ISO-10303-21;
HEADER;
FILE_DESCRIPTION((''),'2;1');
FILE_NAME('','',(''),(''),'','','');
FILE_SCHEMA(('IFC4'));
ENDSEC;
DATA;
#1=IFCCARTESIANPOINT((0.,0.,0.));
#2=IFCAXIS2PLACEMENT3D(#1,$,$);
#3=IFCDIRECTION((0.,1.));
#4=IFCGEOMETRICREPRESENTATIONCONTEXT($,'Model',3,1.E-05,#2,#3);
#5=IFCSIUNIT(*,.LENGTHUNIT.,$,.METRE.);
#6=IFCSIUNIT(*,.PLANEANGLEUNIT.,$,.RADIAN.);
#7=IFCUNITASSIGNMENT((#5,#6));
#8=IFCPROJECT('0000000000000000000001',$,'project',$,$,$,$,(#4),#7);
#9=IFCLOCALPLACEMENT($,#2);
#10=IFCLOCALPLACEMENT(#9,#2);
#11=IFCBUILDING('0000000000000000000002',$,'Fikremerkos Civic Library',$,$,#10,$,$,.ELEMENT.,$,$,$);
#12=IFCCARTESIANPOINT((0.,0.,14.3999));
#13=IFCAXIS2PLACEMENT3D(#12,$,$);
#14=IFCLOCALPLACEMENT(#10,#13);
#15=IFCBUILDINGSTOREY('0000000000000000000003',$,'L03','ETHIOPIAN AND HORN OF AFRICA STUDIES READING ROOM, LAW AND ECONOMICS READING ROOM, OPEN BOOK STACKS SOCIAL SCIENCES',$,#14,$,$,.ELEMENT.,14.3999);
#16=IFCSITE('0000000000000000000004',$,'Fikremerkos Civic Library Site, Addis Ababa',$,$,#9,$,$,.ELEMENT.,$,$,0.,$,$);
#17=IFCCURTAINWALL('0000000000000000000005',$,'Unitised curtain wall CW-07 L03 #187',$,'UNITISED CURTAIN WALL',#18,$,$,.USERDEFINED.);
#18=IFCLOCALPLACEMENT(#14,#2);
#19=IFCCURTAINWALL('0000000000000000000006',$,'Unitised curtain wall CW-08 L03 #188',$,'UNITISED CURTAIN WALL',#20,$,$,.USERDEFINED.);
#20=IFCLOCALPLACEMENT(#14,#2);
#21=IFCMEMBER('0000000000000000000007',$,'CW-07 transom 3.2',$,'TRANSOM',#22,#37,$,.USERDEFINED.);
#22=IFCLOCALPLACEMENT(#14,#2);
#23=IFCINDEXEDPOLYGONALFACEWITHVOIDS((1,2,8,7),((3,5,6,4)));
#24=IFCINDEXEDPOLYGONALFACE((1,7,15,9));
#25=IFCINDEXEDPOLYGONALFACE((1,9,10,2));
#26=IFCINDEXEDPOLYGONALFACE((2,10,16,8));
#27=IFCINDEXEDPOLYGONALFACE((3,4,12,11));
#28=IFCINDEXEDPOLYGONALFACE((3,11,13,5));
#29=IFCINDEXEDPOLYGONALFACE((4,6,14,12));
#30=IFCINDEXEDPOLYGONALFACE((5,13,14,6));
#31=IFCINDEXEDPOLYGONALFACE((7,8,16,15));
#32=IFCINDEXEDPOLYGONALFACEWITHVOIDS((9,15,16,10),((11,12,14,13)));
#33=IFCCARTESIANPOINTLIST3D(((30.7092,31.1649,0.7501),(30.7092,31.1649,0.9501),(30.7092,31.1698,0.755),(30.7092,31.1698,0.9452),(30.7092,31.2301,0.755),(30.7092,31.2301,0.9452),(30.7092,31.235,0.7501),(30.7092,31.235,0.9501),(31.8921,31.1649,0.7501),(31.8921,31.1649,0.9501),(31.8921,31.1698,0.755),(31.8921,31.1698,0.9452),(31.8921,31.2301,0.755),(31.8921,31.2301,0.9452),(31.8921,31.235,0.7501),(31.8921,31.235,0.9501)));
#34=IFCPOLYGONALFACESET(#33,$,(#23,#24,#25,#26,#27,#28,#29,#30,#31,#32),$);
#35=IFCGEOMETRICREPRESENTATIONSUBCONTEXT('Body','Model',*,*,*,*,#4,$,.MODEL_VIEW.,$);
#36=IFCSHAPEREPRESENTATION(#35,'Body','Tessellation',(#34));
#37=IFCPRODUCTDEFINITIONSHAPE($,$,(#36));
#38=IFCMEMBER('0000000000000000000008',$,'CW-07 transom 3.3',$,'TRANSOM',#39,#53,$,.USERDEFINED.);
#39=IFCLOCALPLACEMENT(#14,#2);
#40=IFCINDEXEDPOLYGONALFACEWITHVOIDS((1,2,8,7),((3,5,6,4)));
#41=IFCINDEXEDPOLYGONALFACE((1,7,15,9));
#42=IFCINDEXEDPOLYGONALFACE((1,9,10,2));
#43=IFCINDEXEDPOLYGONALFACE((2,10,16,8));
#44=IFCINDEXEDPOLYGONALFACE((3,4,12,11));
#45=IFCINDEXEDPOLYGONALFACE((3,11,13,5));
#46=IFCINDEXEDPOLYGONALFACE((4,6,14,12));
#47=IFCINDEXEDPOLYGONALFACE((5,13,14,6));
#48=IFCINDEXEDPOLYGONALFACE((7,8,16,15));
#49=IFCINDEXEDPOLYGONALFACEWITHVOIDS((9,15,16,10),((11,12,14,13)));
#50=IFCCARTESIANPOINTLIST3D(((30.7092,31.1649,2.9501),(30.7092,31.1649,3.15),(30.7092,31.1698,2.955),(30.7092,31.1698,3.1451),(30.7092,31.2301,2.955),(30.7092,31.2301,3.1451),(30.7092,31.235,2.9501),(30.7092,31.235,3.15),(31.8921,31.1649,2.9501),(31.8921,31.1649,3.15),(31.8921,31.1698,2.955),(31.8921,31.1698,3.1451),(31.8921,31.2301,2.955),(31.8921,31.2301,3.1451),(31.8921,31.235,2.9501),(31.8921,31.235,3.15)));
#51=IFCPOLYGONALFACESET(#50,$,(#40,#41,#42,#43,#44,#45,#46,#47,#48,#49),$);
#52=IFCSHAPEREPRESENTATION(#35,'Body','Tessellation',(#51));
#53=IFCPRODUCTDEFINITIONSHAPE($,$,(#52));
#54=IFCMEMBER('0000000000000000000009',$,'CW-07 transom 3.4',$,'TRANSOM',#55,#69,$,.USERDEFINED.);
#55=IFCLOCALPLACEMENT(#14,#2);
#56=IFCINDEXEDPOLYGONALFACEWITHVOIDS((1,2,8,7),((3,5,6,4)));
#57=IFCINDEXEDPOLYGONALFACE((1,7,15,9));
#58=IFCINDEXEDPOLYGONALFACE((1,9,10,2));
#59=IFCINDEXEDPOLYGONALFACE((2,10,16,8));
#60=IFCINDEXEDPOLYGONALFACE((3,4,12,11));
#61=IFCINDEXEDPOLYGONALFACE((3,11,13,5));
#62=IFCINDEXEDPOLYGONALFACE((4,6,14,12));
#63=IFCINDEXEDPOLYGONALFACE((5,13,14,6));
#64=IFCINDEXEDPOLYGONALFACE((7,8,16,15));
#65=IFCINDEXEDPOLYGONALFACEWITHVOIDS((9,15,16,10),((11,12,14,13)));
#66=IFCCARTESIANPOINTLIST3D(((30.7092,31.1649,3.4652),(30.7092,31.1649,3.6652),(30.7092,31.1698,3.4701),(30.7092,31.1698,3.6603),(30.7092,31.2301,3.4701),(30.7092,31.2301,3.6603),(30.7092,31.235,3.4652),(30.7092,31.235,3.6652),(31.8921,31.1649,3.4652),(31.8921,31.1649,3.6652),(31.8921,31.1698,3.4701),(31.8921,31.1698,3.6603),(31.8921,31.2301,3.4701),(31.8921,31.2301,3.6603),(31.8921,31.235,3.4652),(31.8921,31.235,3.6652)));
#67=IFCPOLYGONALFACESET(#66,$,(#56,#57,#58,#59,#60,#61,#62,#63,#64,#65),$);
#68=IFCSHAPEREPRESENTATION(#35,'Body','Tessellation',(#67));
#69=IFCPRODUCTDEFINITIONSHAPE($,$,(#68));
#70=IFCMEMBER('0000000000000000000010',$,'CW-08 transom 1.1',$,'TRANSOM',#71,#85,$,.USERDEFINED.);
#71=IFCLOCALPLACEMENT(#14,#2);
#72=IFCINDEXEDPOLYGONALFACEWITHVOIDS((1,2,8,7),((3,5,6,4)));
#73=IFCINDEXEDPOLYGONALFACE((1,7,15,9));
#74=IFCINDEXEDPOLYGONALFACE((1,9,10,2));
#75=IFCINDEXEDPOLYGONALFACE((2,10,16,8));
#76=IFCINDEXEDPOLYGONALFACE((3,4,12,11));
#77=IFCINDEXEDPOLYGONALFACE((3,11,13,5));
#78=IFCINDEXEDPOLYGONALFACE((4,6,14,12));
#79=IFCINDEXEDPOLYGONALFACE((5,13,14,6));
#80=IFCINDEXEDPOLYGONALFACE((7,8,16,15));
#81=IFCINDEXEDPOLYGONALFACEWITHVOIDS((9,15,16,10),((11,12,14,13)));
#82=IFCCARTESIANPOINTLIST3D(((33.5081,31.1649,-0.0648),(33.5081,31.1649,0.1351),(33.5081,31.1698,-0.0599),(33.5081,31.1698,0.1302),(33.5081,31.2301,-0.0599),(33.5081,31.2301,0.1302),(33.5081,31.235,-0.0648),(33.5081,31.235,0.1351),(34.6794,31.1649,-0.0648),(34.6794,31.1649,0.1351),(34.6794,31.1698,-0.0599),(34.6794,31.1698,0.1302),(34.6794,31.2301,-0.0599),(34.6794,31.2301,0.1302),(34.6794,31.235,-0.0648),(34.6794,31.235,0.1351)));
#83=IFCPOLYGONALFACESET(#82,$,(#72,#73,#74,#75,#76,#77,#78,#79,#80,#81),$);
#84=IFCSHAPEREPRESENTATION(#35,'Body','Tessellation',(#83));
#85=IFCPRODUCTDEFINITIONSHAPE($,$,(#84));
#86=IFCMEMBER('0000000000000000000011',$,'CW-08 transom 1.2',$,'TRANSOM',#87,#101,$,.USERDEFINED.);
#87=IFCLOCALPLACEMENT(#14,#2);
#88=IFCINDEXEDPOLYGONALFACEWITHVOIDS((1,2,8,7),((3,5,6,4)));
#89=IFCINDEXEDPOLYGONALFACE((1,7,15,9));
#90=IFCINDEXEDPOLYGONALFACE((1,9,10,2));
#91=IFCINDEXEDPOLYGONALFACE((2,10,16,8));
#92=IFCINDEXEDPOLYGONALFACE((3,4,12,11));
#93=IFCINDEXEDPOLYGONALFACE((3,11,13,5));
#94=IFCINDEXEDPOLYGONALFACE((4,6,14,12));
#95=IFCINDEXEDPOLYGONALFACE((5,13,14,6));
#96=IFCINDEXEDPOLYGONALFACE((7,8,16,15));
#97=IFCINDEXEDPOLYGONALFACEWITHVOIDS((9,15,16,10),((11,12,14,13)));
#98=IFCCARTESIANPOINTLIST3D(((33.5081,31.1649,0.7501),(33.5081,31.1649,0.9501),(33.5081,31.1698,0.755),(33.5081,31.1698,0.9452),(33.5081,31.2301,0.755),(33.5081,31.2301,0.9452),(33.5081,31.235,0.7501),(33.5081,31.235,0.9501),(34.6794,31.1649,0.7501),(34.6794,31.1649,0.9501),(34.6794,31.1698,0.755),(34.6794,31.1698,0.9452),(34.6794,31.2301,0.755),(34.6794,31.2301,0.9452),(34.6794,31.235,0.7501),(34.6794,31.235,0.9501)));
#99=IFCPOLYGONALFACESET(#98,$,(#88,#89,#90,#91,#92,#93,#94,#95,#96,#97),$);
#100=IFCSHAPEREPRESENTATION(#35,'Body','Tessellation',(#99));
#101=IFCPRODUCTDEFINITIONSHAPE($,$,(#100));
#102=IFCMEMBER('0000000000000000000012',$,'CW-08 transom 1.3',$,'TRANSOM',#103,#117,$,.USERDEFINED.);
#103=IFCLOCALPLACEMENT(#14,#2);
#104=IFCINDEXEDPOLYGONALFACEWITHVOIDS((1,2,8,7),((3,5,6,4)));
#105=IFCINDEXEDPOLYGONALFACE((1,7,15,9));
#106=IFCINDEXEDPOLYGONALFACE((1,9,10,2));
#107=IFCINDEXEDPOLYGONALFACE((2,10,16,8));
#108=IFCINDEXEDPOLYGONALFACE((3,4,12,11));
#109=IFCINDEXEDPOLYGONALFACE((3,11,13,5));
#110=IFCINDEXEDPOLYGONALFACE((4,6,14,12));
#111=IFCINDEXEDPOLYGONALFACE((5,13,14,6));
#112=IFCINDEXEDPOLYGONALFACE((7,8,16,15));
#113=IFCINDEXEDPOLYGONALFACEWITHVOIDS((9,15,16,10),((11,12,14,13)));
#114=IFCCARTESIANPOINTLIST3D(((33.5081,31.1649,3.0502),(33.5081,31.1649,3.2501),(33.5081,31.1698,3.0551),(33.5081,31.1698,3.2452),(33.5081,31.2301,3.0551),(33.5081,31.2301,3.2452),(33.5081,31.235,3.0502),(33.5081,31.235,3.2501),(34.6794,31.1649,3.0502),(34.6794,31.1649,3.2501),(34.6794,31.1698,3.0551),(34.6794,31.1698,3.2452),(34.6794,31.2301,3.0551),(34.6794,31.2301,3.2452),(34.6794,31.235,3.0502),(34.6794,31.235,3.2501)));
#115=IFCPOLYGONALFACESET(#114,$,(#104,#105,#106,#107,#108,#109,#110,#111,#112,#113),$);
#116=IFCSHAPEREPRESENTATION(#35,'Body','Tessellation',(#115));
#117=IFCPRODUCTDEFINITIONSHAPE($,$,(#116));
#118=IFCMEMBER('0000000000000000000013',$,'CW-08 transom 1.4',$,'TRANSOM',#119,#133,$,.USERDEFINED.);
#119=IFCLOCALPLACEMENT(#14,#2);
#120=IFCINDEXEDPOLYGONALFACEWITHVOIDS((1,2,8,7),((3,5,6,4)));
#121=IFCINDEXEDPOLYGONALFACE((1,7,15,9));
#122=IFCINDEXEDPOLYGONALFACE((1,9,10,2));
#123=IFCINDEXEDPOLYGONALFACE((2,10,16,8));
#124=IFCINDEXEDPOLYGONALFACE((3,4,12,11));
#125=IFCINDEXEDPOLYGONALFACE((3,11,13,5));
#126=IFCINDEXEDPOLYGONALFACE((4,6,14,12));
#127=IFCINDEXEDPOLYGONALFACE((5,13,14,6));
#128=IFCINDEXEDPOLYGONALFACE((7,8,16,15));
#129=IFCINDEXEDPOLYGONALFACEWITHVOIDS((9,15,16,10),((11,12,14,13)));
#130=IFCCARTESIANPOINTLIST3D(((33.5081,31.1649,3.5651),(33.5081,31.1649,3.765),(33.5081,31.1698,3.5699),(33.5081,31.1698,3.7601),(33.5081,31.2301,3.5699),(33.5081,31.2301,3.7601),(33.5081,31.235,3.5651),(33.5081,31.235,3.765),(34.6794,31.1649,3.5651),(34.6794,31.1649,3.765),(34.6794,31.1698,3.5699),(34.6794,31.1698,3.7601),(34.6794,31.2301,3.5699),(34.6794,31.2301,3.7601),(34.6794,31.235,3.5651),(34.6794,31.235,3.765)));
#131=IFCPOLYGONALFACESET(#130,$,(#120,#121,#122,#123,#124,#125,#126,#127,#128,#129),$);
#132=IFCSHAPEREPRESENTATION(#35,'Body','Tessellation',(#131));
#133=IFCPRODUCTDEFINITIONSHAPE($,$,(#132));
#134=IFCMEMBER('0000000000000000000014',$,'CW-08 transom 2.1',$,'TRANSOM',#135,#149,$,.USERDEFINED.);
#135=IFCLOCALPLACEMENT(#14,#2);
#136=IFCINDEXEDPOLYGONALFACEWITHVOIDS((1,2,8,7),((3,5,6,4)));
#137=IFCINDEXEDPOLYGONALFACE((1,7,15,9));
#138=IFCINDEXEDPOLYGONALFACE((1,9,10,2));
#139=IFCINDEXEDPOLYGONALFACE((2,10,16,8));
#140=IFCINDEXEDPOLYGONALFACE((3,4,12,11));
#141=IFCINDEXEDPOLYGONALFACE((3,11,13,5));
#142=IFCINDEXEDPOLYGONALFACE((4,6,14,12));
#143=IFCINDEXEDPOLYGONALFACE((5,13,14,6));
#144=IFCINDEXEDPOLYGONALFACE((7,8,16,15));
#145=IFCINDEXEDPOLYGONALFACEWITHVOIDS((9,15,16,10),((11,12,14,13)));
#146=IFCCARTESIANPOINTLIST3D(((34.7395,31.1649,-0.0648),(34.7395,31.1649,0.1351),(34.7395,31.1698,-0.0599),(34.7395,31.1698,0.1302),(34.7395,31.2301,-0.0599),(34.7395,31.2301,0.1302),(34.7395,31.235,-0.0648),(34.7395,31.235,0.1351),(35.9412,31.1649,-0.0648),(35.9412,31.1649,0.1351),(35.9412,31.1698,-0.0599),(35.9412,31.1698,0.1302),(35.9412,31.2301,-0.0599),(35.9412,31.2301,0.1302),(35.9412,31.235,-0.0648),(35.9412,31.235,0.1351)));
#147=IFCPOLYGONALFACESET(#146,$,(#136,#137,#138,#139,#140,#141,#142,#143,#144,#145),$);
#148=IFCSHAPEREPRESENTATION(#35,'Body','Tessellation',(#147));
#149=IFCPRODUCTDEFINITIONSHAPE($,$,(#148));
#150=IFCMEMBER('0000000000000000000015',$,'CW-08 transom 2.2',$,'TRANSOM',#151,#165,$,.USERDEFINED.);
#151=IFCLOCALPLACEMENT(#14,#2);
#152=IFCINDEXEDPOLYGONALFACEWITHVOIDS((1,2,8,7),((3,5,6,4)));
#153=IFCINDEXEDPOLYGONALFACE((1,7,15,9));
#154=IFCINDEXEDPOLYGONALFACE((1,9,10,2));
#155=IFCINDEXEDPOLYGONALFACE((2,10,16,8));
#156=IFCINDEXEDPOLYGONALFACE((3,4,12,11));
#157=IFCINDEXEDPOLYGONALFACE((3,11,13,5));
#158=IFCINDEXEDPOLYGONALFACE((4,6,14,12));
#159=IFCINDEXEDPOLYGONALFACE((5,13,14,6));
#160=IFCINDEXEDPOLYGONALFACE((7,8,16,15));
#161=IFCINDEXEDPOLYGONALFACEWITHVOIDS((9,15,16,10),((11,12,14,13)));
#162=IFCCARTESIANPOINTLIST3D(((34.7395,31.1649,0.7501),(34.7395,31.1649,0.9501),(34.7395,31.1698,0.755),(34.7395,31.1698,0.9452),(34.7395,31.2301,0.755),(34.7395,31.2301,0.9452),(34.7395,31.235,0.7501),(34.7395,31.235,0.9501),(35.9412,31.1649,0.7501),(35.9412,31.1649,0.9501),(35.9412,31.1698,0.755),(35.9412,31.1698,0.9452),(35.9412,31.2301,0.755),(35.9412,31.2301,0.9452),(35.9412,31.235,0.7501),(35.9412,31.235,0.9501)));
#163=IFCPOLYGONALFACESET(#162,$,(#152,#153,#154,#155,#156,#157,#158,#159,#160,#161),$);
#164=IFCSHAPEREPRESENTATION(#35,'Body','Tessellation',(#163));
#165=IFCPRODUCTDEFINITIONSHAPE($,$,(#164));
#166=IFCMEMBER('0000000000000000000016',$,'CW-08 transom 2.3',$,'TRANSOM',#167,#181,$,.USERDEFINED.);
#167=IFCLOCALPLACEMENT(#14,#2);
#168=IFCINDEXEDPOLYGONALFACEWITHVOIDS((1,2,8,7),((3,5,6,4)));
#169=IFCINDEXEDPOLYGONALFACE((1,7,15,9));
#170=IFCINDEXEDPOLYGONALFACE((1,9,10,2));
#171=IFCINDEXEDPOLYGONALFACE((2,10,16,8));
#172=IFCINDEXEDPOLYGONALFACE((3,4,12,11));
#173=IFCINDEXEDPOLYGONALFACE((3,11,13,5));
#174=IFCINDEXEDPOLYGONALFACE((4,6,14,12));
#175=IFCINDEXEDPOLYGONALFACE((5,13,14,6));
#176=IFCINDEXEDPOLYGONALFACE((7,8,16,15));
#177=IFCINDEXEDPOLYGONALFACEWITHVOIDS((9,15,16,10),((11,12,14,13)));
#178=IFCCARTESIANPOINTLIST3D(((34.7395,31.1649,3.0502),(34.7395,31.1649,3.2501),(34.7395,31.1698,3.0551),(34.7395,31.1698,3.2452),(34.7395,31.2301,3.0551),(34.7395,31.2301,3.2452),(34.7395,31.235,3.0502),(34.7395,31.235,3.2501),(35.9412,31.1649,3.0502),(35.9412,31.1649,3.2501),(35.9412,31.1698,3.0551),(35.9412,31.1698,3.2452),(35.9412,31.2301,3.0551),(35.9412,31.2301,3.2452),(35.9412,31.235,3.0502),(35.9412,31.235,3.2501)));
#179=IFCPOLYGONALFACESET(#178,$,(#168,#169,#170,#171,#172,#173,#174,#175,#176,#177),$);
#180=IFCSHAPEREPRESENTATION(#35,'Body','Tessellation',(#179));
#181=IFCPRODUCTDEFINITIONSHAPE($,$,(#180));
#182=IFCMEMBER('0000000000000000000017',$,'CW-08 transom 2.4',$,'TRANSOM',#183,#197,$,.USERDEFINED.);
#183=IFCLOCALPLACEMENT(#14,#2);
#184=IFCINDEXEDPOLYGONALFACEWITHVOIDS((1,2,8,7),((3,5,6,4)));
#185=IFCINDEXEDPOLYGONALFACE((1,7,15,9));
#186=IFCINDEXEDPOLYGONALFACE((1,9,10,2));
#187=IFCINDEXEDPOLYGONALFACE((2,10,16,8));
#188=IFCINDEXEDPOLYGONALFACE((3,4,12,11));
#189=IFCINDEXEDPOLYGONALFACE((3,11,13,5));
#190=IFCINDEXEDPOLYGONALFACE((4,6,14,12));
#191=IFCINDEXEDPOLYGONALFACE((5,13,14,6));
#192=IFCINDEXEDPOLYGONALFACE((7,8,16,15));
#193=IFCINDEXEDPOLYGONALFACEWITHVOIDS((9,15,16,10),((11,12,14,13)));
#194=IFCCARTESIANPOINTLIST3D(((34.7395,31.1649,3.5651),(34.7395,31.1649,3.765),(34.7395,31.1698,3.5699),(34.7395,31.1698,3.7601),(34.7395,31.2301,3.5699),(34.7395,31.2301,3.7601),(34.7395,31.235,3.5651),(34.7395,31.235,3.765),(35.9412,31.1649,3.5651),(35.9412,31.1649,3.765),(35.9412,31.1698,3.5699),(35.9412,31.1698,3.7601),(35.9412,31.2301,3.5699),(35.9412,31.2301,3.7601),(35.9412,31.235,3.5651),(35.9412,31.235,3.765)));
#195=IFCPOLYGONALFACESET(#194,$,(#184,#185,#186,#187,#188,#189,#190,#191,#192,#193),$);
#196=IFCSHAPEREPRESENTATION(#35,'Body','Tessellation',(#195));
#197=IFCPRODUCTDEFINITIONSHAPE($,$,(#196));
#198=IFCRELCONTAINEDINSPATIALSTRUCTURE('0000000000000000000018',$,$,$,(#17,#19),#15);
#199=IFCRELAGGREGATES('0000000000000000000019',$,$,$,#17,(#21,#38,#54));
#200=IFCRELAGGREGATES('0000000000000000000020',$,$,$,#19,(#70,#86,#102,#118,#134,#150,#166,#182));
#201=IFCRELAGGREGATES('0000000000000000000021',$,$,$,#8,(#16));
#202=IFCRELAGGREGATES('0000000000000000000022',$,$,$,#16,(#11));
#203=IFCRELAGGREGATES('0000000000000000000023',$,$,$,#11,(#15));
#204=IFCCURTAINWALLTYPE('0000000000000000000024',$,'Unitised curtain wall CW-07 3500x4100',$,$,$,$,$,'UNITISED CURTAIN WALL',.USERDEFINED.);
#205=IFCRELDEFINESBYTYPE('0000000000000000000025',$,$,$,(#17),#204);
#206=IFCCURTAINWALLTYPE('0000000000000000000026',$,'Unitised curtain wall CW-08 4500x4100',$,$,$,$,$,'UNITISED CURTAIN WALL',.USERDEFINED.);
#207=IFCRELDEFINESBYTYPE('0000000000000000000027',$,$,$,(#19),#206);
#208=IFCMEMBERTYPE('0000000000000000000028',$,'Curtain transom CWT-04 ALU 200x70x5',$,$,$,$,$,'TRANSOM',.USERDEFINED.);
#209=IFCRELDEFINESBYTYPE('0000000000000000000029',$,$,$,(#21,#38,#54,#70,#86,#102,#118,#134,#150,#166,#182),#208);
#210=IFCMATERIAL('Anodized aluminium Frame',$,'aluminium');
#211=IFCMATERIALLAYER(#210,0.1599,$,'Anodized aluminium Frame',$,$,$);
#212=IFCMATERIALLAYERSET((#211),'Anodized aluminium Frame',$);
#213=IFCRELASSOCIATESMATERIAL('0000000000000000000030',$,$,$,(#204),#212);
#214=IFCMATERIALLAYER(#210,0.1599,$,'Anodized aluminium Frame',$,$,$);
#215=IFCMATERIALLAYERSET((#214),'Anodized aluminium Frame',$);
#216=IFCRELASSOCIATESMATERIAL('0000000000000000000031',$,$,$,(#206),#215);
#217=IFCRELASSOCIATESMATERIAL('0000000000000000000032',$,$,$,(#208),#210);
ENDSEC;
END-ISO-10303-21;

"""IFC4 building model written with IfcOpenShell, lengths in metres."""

from ifc_helpers import new_model, si_unit, direction, frame, origin, origin_2d, place, context, subcontext, project, spatial, hollow_rectangle, extrude, material, layer, layer_set, material_profile, profile_set, type_object, element, aggregate, save


model = new_model("IFC4")

# Units and contexts
model_context = context("Model", 3, precision=1e-05, world=origin(), true_north=direction((0.0, 1.0)))
body_context = subcontext(model_context, "Body", "Model", "MODEL_VIEW")
ifc_project = project(units=[si_unit("LENGTHUNIT", "METRE"), si_unit("PLANEANGLEUNIT", "RADIAN")], contexts=[model_context])

# Site, building, storey
site_placement = place(None, origin())
site = spatial("IfcSite", under=ifc_project, at=site_placement, Name="Fikremerkos Civic Library Site, Addis Ababa", CompositionType="ELEMENT", RefElevation=0.0)
building_placement = place(site_placement, origin())
building = spatial("IfcBuilding", under=site, at=building_placement, Name="Fikremerkos Civic Library", CompositionType="ELEMENT")
storey_placement = place(building_placement, frame((0.0, 0.0, 14.3999)))
storey = spatial("IfcBuildingStorey", under=building, at=storey_placement, Name="L03", Description="ETHIOPIAN AND HORN OF AFRICA STUDIES READING ROOM, LAW AND ECONOMICS READING ROOM, OPEN BOOK STACKS SOCIAL SCIENCES", CompositionType="ELEMENT", Elevation=14.3999)

# Curtain walls
ifc_material_1 = material(Name="Anodized aluminium Frame", Category="aluminium")
ifc_layer_1 = layer(ifc_material_1, 0.1599, Name="Anodized aluminium Frame")
ifc_layer_set_1 = layer_set([ifc_layer_1], Name="Anodized aluminium Frame")
curtain_wall_type_1 = type_object("IfcCurtainWallType", Name="Unitised curtain wall CW-07 3500x4100", ElementType="UNITISED CURTAIN WALL", PredefinedType="USERDEFINED", material=ifc_layer_set_1)
curtain_wall_1_placement = place(storey_placement, origin())
curtain_wall_1 = element("IfcCurtainWall", 1, at=curtain_wall_1_placement, inside=storey, type_object=curtain_wall_type_1, Name="Unitised curtain wall CW-07 L03 #187", ObjectType="UNITISED CURTAIN WALL", PredefinedType="USERDEFINED")
ifc_layer_2 = layer(ifc_material_1, 0.1599, Name="Anodized aluminium Frame")
ifc_layer_set_2 = layer_set([ifc_layer_2], Name="Anodized aluminium Frame")
curtain_wall_type_2 = type_object("IfcCurtainWallType", Name="Unitised curtain wall CW-08 4500x4100", ElementType="UNITISED CURTAIN WALL", PredefinedType="USERDEFINED", material=ifc_layer_set_2)
curtain_wall_2_placement = place(storey_placement, origin())
curtain_wall_2 = element("IfcCurtainWall", 2, at=curtain_wall_2_placement, inside=storey, type_object=curtain_wall_type_2, Name="Unitised curtain wall CW-08 L03 #188", ObjectType="UNITISED CURTAIN WALL", PredefinedType="USERDEFINED")

# Members
ifc_material_profile_1 = material_profile(ifc_material_1, hollow_rectangle(XDim=0.0701, YDim=0.2, WallThickness=0.0049, at=origin_2d()), Name="ALU 200x70x5")
ifc_profile_set_1 = profile_set([ifc_material_profile_1], Name="Anodized aluminium Frame")
member_type_1 = type_object("IfcMemberType", Name="Curtain transom CWT-04 ALU 200x70x5", ElementType="TRANSOM", PredefinedType="USERDEFINED", material=ifc_profile_set_1)
member_1_placement = place(storey_placement, frame((30.7092, 31.2, 0.8501), z_axis=(1.0, 0.0, 0.0), x_axis=(0.0, 1.0, 0.0)))
member_1 = element("IfcMember", 3, at=member_1_placement, type_object=member_type_1, Name="CW-07 transom 3.2", ObjectType="TRANSOM", PredefinedType="USERDEFINED", context=body_context, shape_type="SweptSolid", body=[
    extrude(hollow_rectangle(XDim=0.0701, YDim=0.2, WallThickness=0.0049, at=origin_2d()), origin(), (0.0, 0.0, 1.0), 1.1829),
])
member_2_placement = place(storey_placement, frame((30.7092, 31.2, 3.05), z_axis=(1.0, 0.0, 0.0), x_axis=(0.0, 1.0, 0.0)))
member_2 = element("IfcMember", 4, at=member_2_placement, type_object=member_type_1, Name="CW-07 transom 3.3", ObjectType="TRANSOM", PredefinedType="USERDEFINED", context=body_context, shape_type="SweptSolid", body=[
    extrude(hollow_rectangle(XDim=0.0701, YDim=0.2, WallThickness=0.0049, at=origin_2d()), origin(), (0.0, 0.0, 1.0), 1.1829),
])
member_3_placement = place(storey_placement, frame((30.7092, 31.2, 3.5652), z_axis=(1.0, 0.0, 0.0), x_axis=(0.0, 1.0, 0.0)))
member_3 = element("IfcMember", 5, at=member_3_placement, type_object=member_type_1, Name="CW-07 transom 3.4", ObjectType="TRANSOM", PredefinedType="USERDEFINED", context=body_context, shape_type="SweptSolid", body=[
    extrude(hollow_rectangle(XDim=0.0701, YDim=0.2, WallThickness=0.0049, at=origin_2d()), origin(), (0.0, 0.0, 1.0), 1.1829),
])
member_4_placement = place(storey_placement, frame((33.5081, 31.2, 0.0352), z_axis=(1.0, 0.0, 0.0), x_axis=(0.0, 1.0, 0.0)))
member_4 = element("IfcMember", 6, at=member_4_placement, type_object=member_type_1, Name="CW-08 transom 1.1", ObjectType="TRANSOM", PredefinedType="USERDEFINED", context=body_context, shape_type="SweptSolid", body=[
    extrude(hollow_rectangle(XDim=0.0701, YDim=0.2, WallThickness=0.0049, at=origin_2d()), origin(), (0.0, 0.0, 1.0), 1.1714),
])
member_5_placement = place(storey_placement, frame((33.5081, 31.2, 0.8501), z_axis=(1.0, 0.0, 0.0), x_axis=(0.0, 1.0, 0.0)))
member_5 = element("IfcMember", 7, at=member_5_placement, type_object=member_type_1, Name="CW-08 transom 1.2", ObjectType="TRANSOM", PredefinedType="USERDEFINED", context=body_context, shape_type="SweptSolid", body=[
    extrude(hollow_rectangle(XDim=0.0701, YDim=0.2, WallThickness=0.0049, at=origin_2d()), origin(), (0.0, 0.0, 1.0), 1.1714),
])
member_6_placement = place(storey_placement, frame((33.5081, 31.2, 3.1501), z_axis=(1.0, 0.0, 0.0), x_axis=(0.0, 1.0, 0.0)))
member_6 = element("IfcMember", 8, at=member_6_placement, type_object=member_type_1, Name="CW-08 transom 1.3", ObjectType="TRANSOM", PredefinedType="USERDEFINED", context=body_context, shape_type="SweptSolid", body=[
    extrude(hollow_rectangle(XDim=0.0701, YDim=0.2, WallThickness=0.0049, at=origin_2d()), origin(), (0.0, 0.0, 1.0), 1.1714),
])
member_7_placement = place(storey_placement, frame((33.5081, 31.2, 3.665), z_axis=(1.0, 0.0, 0.0), x_axis=(0.0, 1.0, 0.0)))
member_7 = element("IfcMember", 9, at=member_7_placement, type_object=member_type_1, Name="CW-08 transom 1.4", ObjectType="TRANSOM", PredefinedType="USERDEFINED", context=body_context, shape_type="SweptSolid", body=[
    extrude(hollow_rectangle(XDim=0.0701, YDim=0.2, WallThickness=0.0049, at=origin_2d()), origin(), (0.0, 0.0, 1.0), 1.1714),
])
member_8_placement = place(storey_placement, frame((34.7395, 31.2, 0.0352), z_axis=(1.0, 0.0, 0.0), x_axis=(0.0, 1.0, 0.0)))
member_8 = element("IfcMember", 10, at=member_8_placement, type_object=member_type_1, Name="CW-08 transom 2.1", ObjectType="TRANSOM", PredefinedType="USERDEFINED", context=body_context, shape_type="SweptSolid", body=[
    extrude(hollow_rectangle(XDim=0.0701, YDim=0.2, WallThickness=0.0049, at=origin_2d()), origin(), (0.0, 0.0, 1.0), 1.2017),
])
member_9_placement = place(storey_placement, frame((34.7395, 31.2, 0.8501), z_axis=(1.0, 0.0, 0.0), x_axis=(0.0, 1.0, 0.0)))
member_9 = element("IfcMember", 11, at=member_9_placement, type_object=member_type_1, Name="CW-08 transom 2.2", ObjectType="TRANSOM", PredefinedType="USERDEFINED", context=body_context, shape_type="SweptSolid", body=[
    extrude(hollow_rectangle(XDim=0.0701, YDim=0.2, WallThickness=0.0049, at=origin_2d()), origin(), (0.0, 0.0, 1.0), 1.2017),
])
member_10_placement = place(storey_placement, frame((34.7395, 31.2, 3.1501), z_axis=(1.0, 0.0, 0.0), x_axis=(0.0, 1.0, 0.0)))
member_10 = element("IfcMember", 12, at=member_10_placement, type_object=member_type_1, Name="CW-08 transom 2.3", ObjectType="TRANSOM", PredefinedType="USERDEFINED", context=body_context, shape_type="SweptSolid", body=[
    extrude(hollow_rectangle(XDim=0.0701, YDim=0.2, WallThickness=0.0049, at=origin_2d()), origin(), (0.0, 0.0, 1.0), 1.2017),
])
member_11_placement = place(storey_placement, frame((34.7395, 31.2, 3.665), z_axis=(1.0, 0.0, 0.0), x_axis=(0.0, 1.0, 0.0)))
member_11 = element("IfcMember", 13, at=member_11_placement, type_object=member_type_1, Name="CW-08 transom 2.4", ObjectType="TRANSOM", PredefinedType="USERDEFINED", context=body_context, shape_type="SweptSolid", body=[
    extrude(hollow_rectangle(XDim=0.0701, YDim=0.2, WallThickness=0.0049, at=origin_2d()), origin(), (0.0, 0.0, 1.0), 1.2017),
])

aggregate(curtain_wall_1, [member_1, member_2, member_3])
aggregate(curtain_wall_2, [member_4, member_5, member_6, member_7, member_8, member_9, member_10, member_11])

save(model, "model.ifc")
